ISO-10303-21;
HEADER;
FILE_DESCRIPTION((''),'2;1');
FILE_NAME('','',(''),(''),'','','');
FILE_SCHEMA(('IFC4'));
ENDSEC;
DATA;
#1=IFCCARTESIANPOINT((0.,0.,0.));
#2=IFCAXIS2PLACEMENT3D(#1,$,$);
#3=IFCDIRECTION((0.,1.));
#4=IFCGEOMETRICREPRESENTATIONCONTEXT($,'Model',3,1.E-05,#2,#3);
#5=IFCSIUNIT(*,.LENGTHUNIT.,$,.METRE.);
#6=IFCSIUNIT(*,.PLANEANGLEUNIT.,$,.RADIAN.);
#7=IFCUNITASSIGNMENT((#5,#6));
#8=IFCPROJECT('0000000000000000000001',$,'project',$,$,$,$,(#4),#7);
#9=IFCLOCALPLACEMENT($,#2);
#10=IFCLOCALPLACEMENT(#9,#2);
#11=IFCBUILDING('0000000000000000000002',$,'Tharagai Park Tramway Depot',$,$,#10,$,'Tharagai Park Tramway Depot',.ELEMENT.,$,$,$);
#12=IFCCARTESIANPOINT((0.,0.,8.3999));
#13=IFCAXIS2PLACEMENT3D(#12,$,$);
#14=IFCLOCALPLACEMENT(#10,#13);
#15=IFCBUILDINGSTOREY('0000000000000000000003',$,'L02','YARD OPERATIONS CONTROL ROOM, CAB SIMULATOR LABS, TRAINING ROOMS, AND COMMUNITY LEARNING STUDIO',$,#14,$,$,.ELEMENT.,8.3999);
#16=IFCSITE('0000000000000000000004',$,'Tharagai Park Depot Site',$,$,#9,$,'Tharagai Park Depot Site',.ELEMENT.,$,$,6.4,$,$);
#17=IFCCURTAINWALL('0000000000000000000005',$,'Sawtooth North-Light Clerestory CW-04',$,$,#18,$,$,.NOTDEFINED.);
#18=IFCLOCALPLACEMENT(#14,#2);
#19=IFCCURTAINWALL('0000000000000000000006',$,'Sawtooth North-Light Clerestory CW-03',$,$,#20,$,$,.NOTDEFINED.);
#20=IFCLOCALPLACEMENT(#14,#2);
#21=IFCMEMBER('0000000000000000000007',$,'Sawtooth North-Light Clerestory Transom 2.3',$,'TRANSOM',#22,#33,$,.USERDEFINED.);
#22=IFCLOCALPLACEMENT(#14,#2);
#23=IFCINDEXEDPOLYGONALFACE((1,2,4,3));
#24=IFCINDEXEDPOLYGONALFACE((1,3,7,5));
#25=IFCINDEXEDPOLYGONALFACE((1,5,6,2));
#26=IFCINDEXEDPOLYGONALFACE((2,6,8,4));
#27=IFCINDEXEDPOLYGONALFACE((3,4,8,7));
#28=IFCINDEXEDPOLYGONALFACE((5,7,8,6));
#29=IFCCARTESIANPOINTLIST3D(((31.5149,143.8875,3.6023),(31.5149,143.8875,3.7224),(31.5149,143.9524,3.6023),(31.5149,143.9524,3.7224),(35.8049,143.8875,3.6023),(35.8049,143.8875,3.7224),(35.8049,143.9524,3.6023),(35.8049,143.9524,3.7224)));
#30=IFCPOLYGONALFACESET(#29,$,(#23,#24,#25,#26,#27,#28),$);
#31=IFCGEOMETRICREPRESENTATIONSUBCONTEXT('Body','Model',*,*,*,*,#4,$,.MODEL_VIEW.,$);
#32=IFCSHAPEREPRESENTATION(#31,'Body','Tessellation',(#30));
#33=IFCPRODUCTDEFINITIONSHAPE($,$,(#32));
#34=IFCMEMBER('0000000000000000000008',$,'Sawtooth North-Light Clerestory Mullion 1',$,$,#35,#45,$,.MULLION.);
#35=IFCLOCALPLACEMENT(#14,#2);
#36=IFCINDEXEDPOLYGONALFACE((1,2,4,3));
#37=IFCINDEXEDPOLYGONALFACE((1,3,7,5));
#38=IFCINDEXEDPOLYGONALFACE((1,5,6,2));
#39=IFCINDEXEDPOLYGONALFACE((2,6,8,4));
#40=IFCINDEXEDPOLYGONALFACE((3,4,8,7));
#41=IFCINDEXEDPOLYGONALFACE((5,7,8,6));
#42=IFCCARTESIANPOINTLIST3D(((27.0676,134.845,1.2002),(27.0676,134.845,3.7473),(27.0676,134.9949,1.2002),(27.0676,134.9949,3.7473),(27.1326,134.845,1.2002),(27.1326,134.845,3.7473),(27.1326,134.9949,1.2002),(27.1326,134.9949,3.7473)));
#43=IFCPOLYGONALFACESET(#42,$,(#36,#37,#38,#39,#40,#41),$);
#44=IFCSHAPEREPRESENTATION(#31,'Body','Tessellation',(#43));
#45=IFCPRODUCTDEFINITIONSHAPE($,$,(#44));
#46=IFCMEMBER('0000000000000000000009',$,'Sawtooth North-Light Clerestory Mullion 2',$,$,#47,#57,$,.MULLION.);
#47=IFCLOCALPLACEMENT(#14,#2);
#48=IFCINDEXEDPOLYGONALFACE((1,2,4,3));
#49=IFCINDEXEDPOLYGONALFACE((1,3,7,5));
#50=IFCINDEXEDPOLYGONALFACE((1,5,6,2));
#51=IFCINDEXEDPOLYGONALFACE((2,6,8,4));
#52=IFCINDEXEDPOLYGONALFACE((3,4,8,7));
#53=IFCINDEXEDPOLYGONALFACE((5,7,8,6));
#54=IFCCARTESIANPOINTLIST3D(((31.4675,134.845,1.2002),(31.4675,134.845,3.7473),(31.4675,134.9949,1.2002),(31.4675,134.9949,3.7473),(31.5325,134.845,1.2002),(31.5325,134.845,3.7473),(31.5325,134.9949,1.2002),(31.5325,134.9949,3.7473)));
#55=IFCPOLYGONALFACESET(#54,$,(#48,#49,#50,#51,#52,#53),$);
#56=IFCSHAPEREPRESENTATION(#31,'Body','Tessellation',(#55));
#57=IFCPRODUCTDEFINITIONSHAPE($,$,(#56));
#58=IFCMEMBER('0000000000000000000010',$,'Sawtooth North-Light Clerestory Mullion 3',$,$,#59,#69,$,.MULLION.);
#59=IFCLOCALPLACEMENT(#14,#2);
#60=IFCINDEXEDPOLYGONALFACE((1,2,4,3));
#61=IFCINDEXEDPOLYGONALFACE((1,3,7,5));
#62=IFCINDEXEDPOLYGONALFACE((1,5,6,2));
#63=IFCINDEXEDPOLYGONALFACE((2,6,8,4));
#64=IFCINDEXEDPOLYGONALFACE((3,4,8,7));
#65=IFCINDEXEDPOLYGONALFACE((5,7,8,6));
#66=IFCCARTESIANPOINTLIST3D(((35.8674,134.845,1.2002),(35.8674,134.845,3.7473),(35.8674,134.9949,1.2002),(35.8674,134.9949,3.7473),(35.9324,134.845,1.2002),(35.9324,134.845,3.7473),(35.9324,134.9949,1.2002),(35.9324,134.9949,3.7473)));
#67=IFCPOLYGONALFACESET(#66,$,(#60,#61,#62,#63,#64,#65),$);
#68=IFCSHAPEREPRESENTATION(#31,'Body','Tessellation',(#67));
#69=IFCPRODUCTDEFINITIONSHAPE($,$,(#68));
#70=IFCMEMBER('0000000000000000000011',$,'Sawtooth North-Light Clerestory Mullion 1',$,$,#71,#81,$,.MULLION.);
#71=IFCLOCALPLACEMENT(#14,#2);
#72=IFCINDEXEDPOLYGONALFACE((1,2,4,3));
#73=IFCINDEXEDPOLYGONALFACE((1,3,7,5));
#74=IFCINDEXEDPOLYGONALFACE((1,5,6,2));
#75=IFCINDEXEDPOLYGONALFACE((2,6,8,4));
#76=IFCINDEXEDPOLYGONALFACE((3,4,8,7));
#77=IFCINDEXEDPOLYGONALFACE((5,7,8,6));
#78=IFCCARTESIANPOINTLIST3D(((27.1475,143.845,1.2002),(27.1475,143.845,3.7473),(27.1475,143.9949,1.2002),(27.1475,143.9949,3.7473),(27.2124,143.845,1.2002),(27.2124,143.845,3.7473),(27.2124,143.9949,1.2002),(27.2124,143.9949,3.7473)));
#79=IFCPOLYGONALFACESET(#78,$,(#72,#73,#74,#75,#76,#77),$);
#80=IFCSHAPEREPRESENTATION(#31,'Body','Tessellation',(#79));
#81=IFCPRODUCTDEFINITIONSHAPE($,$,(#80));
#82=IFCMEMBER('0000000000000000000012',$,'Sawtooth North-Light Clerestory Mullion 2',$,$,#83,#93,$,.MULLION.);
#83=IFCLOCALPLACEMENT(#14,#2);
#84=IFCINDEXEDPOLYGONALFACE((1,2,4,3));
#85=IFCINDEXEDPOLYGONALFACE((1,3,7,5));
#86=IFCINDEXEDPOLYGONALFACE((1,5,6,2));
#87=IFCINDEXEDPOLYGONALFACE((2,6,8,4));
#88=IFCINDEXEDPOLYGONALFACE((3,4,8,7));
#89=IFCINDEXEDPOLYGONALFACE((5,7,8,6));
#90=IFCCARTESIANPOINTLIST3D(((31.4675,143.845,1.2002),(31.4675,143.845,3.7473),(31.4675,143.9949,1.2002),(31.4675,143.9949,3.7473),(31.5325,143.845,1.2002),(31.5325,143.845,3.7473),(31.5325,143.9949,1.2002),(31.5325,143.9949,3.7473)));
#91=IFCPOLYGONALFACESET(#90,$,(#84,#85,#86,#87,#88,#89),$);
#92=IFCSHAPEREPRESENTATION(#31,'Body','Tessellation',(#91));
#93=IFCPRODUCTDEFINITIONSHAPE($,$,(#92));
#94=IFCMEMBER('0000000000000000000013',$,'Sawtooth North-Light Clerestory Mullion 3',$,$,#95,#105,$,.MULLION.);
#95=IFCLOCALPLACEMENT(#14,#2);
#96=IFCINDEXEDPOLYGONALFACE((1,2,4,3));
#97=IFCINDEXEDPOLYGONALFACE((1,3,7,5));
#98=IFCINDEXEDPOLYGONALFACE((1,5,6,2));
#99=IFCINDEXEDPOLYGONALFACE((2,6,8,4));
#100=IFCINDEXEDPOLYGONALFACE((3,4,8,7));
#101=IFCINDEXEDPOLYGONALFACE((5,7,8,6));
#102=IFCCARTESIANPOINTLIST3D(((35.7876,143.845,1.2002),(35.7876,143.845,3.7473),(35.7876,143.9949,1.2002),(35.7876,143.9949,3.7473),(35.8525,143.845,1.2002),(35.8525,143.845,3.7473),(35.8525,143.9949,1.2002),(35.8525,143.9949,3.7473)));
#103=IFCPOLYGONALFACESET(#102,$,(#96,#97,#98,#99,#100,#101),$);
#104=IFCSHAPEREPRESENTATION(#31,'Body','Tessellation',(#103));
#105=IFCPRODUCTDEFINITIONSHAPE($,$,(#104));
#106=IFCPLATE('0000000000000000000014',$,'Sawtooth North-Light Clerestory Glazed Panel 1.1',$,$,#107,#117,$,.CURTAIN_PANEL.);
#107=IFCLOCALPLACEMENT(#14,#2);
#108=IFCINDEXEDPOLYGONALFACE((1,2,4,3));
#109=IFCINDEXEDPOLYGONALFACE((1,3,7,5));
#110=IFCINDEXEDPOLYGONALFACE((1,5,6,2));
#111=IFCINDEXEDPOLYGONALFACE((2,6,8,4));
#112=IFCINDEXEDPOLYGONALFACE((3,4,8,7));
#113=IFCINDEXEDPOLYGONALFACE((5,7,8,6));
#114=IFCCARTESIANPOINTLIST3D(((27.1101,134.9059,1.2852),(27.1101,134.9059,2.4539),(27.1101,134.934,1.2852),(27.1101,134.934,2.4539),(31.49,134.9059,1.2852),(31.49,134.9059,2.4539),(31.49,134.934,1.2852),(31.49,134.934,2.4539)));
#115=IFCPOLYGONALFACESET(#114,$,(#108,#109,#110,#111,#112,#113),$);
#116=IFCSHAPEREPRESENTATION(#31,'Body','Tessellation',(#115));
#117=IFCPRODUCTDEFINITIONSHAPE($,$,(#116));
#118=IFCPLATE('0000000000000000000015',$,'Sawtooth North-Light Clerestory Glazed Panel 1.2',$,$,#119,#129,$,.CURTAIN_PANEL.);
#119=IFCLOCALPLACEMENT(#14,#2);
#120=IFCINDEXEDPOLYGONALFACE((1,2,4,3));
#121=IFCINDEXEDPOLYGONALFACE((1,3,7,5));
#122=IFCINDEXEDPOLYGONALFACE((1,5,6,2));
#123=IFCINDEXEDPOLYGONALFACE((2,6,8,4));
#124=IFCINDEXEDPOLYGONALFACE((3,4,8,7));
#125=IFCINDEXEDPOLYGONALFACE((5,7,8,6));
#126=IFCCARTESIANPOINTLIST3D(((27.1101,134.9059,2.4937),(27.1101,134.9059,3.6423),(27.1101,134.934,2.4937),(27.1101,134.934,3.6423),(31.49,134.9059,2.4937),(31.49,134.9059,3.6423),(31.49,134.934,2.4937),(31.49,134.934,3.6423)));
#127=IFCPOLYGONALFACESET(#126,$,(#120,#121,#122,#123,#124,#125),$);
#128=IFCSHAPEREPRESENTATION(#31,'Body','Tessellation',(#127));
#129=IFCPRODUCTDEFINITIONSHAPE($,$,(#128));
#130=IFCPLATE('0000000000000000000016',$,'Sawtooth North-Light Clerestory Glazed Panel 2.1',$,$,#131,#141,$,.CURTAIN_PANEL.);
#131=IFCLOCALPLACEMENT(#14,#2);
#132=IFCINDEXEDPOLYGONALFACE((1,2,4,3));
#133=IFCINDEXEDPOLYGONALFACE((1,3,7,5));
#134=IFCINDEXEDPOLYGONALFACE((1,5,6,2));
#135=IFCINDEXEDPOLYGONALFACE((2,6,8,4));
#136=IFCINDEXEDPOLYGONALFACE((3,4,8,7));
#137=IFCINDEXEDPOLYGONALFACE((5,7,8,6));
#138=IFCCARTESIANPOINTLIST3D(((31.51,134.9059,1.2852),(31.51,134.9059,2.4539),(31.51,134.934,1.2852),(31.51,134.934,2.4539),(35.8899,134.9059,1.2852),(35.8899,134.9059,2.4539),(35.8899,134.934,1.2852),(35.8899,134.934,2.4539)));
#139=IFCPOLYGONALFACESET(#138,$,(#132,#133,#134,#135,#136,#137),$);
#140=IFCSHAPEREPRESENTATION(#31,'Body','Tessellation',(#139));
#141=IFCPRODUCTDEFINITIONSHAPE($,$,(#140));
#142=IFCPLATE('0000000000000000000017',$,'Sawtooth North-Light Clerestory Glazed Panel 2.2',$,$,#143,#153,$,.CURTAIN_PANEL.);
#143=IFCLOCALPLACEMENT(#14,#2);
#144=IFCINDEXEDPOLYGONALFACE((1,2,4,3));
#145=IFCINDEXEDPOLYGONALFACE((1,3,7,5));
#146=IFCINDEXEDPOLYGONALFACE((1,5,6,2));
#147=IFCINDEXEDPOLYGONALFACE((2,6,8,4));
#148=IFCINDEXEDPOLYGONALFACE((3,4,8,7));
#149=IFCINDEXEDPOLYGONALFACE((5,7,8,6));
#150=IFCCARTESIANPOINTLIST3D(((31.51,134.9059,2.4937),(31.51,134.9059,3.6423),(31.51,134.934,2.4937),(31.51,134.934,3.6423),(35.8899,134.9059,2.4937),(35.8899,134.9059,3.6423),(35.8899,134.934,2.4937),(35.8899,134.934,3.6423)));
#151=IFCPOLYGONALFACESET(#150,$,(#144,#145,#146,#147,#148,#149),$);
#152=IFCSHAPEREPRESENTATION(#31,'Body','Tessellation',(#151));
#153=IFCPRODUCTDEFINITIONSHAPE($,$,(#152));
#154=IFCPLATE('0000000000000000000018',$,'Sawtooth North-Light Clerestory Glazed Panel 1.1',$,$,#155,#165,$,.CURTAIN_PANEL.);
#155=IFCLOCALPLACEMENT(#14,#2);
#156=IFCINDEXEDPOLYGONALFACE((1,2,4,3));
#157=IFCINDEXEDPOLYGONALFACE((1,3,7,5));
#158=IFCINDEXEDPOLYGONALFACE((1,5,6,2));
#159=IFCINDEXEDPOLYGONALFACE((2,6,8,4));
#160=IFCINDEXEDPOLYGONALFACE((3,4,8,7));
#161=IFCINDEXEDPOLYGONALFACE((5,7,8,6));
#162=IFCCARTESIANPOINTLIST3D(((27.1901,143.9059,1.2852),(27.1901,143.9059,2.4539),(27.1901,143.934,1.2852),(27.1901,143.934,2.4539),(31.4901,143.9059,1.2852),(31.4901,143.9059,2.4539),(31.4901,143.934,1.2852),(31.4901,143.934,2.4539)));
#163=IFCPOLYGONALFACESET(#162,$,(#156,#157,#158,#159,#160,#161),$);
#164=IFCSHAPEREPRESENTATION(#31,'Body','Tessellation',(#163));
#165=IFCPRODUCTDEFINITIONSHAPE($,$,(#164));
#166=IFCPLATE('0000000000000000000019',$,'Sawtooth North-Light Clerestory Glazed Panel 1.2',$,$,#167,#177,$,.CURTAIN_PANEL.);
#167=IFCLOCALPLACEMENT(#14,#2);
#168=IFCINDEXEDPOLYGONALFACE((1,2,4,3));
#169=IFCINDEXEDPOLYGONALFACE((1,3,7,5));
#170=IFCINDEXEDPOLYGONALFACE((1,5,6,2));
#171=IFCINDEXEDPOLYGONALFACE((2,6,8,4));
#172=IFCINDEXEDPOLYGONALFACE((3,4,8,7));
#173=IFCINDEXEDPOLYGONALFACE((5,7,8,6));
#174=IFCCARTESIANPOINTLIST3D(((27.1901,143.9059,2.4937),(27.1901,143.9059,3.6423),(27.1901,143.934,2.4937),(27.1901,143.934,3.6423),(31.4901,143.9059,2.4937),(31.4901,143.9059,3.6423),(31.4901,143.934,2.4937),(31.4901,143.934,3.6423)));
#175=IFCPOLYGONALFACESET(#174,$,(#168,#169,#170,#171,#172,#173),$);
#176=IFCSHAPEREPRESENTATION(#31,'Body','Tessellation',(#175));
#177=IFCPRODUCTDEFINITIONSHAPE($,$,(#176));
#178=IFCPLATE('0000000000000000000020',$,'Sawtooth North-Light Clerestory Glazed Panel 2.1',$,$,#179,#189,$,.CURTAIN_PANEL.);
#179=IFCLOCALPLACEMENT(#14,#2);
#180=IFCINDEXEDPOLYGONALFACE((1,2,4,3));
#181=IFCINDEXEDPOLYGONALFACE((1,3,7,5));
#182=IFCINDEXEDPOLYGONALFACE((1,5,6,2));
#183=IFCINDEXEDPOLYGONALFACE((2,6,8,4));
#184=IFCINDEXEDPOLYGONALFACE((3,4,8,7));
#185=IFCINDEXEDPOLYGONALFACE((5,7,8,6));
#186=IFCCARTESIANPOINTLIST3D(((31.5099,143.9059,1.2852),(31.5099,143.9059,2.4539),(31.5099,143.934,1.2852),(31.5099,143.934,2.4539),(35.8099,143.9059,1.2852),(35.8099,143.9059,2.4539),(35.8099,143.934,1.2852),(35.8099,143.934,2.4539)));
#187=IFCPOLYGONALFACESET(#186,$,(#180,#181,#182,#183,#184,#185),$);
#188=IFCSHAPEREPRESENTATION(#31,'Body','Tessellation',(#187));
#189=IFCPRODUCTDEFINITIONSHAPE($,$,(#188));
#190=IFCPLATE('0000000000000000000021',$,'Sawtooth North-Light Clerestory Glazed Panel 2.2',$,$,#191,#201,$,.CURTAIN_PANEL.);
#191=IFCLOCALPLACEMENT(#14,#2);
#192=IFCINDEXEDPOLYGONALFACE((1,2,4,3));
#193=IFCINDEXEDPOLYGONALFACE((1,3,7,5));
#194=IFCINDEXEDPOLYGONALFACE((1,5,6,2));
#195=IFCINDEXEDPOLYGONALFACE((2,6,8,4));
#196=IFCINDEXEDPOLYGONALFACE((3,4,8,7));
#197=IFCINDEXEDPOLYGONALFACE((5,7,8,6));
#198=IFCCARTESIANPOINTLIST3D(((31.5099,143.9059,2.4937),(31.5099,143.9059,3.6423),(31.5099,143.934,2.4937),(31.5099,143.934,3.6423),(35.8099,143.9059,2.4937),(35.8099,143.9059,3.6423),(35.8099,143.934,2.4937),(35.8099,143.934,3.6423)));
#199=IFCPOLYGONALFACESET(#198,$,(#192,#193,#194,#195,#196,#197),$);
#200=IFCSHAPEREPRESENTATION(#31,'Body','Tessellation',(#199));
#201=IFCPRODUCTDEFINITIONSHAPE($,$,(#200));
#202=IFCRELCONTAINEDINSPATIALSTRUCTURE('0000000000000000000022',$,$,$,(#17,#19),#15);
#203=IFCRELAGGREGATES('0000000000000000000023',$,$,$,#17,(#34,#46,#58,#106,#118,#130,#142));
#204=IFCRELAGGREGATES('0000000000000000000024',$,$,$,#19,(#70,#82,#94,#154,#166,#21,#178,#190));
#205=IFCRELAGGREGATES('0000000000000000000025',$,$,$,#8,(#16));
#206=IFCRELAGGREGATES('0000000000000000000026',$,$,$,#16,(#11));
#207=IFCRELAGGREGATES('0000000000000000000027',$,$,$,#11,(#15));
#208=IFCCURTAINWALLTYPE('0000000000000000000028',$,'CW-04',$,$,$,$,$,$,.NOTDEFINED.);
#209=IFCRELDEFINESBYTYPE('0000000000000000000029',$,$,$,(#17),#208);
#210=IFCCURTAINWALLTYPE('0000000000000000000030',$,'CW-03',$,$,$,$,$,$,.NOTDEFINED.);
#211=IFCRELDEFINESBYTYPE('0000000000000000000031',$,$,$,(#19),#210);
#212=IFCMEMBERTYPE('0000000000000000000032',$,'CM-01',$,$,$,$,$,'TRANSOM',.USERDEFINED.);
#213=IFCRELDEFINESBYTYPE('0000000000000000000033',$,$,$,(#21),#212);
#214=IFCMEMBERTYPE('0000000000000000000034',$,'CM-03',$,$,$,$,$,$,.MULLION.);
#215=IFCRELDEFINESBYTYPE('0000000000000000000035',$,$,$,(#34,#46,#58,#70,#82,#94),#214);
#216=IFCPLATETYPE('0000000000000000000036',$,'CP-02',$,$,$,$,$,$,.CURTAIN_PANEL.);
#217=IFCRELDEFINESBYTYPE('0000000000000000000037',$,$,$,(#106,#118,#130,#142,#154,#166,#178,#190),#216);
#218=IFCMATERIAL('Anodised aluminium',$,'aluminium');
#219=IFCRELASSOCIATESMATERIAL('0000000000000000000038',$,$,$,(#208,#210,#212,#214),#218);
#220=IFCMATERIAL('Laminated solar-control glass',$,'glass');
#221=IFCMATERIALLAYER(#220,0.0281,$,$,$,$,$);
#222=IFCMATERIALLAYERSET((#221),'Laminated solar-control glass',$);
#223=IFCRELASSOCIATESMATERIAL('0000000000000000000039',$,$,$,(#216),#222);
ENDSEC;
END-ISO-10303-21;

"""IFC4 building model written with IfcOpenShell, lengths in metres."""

from ifc_helpers import new_model, si_unit, direction, frame, origin, origin_2d, place, context, subcontext, project, spatial, rectangle, extrude, material, layer, layer_set, material_profile, profile_set, type_object, element, aggregate, save


model = new_model("IFC4")

# Units and contexts
model_context = context("Model", 3, precision=1e-05, world=origin(), true_north=direction((0.0, 1.0)))
body_context = subcontext(model_context, "Body", "Model", "MODEL_VIEW")
ifc_project = project(units=[si_unit("LENGTHUNIT", "METRE"), si_unit("PLANEANGLEUNIT", "RADIAN")], contexts=[model_context])

# Site, building, storey
site_placement = place(None, origin())
site = spatial("IfcSite", under=ifc_project, at=site_placement, Name="Tharagai Park Depot Site", LongName="Tharagai Park Depot Site", CompositionType="ELEMENT", RefElevation=6.4)
building_placement = place(site_placement, origin())
building = spatial("IfcBuilding", under=site, at=building_placement, Name="Tharagai Park Tramway Depot", LongName="Tharagai Park Tramway Depot", CompositionType="ELEMENT")
storey_placement = place(building_placement, frame((0.0, 0.0, 8.3999)))
storey = spatial("IfcBuildingStorey", under=building, at=storey_placement, Name="L02", Description="YARD OPERATIONS CONTROL ROOM, CAB SIMULATOR LABS, TRAINING ROOMS, AND COMMUNITY LEARNING STUDIO", CompositionType="ELEMENT", Elevation=8.3999)

# Curtain walls, member
ifc_material_1 = material(Name="Anodised aluminium", Category="aluminium")
curtain_wall_type_1 = type_object("IfcCurtainWallType", Name="CW-04", PredefinedType="NOTDEFINED", material=ifc_material_1)
curtain_wall_1_placement = place(storey_placement, origin())
curtain_wall_1 = element("IfcCurtainWall", 1, at=curtain_wall_1_placement, inside=storey, type_object=curtain_wall_type_1, Name="Sawtooth North-Light Clerestory CW-04", PredefinedType="NOTDEFINED")
ifc_material_profile_1 = material_profile(ifc_material_1, rectangle(XDim=0.0649, YDim=0.1201, at=origin_2d()), Name="ALU 65x120")
ifc_profile_set_1 = profile_set([ifc_material_profile_1], Name="Anodised aluminium")
member_type_1 = type_object("IfcMemberType", Name="CM-01", ElementType="TRANSOM", PredefinedType="USERDEFINED", material=ifc_profile_set_1)
curtain_wall_type_2 = type_object("IfcCurtainWallType", Name="CW-03", PredefinedType="NOTDEFINED", material=ifc_material_1)
curtain_wall_2_placement = place(storey_placement, origin())
curtain_wall_2 = element("IfcCurtainWall", 2, at=curtain_wall_2_placement, inside=storey, type_object=curtain_wall_type_2, Name="Sawtooth North-Light Clerestory CW-03", PredefinedType="NOTDEFINED")
member_1_placement = place(storey_placement, frame((31.5149, 143.9199, 3.6624), z_axis=(1.0, 0.0, 0.0), x_axis=(0.0, 1.0, 0.0)))
member_1 = element("IfcMember", 3, at=member_1_placement, type_object=member_type_1, Name="Sawtooth North-Light Clerestory Transom 2.3", ObjectType="TRANSOM", PredefinedType="USERDEFINED", context=body_context, shape_type="SweptSolid", body=[
    extrude(rectangle(XDim=0.0649, YDim=0.1201, at=origin_2d()), origin(), (0.0, 0.0, 1.0), 4.29),
])

# Members
ifc_material_profile_2 = material_profile(ifc_material_1, rectangle(XDim=0.0649, YDim=0.1499, at=origin_2d()), Name="ALU 65x150")
ifc_profile_set_2 = profile_set([ifc_material_profile_2], Name="Anodised aluminium")
member_type_2 = type_object("IfcMemberType", Name="CM-03", PredefinedType="MULLION", material=ifc_profile_set_2)
member_2_placement = place(storey_placement, frame((27.1001, 134.9199, 1.2002), z_axis=(0.0, 0.0, 1.0), x_axis=(1.0, 0.0, 0.0)))
member_2 = element("IfcMember", 4, at=member_2_placement, type_object=member_type_2, Name="Sawtooth North-Light Clerestory Mullion 1", PredefinedType="MULLION", context=body_context, shape_type="SweptSolid", body=[
    extrude(rectangle(XDim=0.0649, YDim=0.1499, at=origin_2d()), origin(), (0.0, 0.0, 1.0), 2.5471),
])
member_3_placement = place(storey_placement, frame((31.5, 134.9199, 1.2002), z_axis=(0.0, 0.0, 1.0), x_axis=(1.0, 0.0, 0.0)))
member_3 = element("IfcMember", 5, at=member_3_placement, type_object=member_type_2, Name="Sawtooth North-Light Clerestory Mullion 2", PredefinedType="MULLION", context=body_context, shape_type="SweptSolid", body=[
    extrude(rectangle(XDim=0.0649, YDim=0.1499, at=origin_2d()), origin(), (0.0, 0.0, 1.0), 2.5471),
])
member_4_placement = place(storey_placement, frame((35.8999, 134.9199, 1.2002), z_axis=(0.0, 0.0, 1.0), x_axis=(1.0, 0.0, 0.0)))
member_4 = element("IfcMember", 6, at=member_4_placement, type_object=member_type_2, Name="Sawtooth North-Light Clerestory Mullion 3", PredefinedType="MULLION", context=body_context, shape_type="SweptSolid", body=[
    extrude(rectangle(XDim=0.0649, YDim=0.1499, at=origin_2d()), origin(), (0.0, 0.0, 1.0), 2.5471),
])
member_5_placement = place(storey_placement, frame((27.1799, 143.9199, 1.2002), z_axis=(0.0, 0.0, 1.0), x_axis=(1.0, 0.0, 0.0)))
member_5 = element("IfcMember", 7, at=member_5_placement, type_object=member_type_2, Name="Sawtooth North-Light Clerestory Mullion 1", PredefinedType="MULLION", context=body_context, shape_type="SweptSolid", body=[
    extrude(rectangle(XDim=0.0649, YDim=0.1499, at=origin_2d()), origin(), (0.0, 0.0, 1.0), 2.5471),
])
member_6_placement = place(storey_placement, frame((31.5, 143.9199, 1.2002), z_axis=(0.0, 0.0, 1.0), x_axis=(1.0, 0.0, 0.0)))
member_6 = element("IfcMember", 8, at=member_6_placement, type_object=member_type_2, Name="Sawtooth North-Light Clerestory Mullion 2", PredefinedType="MULLION", context=body_context, shape_type="SweptSolid", body=[
    extrude(rectangle(XDim=0.0649, YDim=0.1499, at=origin_2d()), origin(), (0.0, 0.0, 1.0), 2.5471),
])
member_7_placement = place(storey_placement, frame((35.8201, 143.9199, 1.2002), z_axis=(0.0, 0.0, 1.0), x_axis=(1.0, 0.0, 0.0)))
member_7 = element("IfcMember", 9, at=member_7_placement, type_object=member_type_2, Name="Sawtooth North-Light Clerestory Mullion 3", PredefinedType="MULLION", context=body_context, shape_type="SweptSolid", body=[
    extrude(rectangle(XDim=0.0649, YDim=0.1499, at=origin_2d()), origin(), (0.0, 0.0, 1.0), 2.5471),
])

# Plates
ifc_material_2 = material(Name="Laminated solar-control glass", Category="glass")
ifc_layer = layer(ifc_material_2, 0.0281)
ifc_layer_set = layer_set([ifc_layer], Name="Laminated solar-control glass")
plate_type = type_object("IfcPlateType", Name="CP-02", PredefinedType="CURTAIN_PANEL", material=ifc_layer_set)
plate_1_placement = place(storey_placement, frame((29.3, 134.9199, 1.2852), z_axis=(0.0, 0.0, 1.0), x_axis=(1.0, 0.0, 0.0)))
plate_1 = element("IfcPlate", 10, at=plate_1_placement, type_object=plate_type, Name="Sawtooth North-Light Clerestory Glazed Panel 1.1", PredefinedType="CURTAIN_PANEL", context=body_context, shape_type="SweptSolid", body=[
    extrude(rectangle(XDim=4.3799, YDim=0.0281, at=origin_2d()), origin(), (0.0, 0.0, 1.0), 1.1687),
])
plate_2_placement = place(storey_placement, frame((29.3, 134.9199, 2.4937), z_axis=(0.0, 0.0, 1.0), x_axis=(1.0, 0.0, 0.0)))
plate_2 = element("IfcPlate", 11, at=plate_2_placement, type_object=plate_type, Name="Sawtooth North-Light Clerestory Glazed Panel 1.2", PredefinedType="CURTAIN_PANEL", context=body_context, shape_type="SweptSolid", body=[
    extrude(rectangle(XDim=4.3799, YDim=0.0281, at=origin_2d()), origin(), (0.0, 0.0, 1.0), 1.1487),
])
plate_3_placement = place(storey_placement, frame((33.7, 134.9199, 1.2852), z_axis=(0.0, 0.0, 1.0), x_axis=(1.0, 0.0, 0.0)))
plate_3 = element("IfcPlate", 12, at=plate_3_placement, type_object=plate_type, Name="Sawtooth North-Light Clerestory Glazed Panel 2.1", PredefinedType="CURTAIN_PANEL", context=body_context, shape_type="SweptSolid", body=[
    extrude(rectangle(XDim=4.3799, YDim=0.0281, at=origin_2d()), origin(), (0.0, 0.0, 1.0), 1.1687),
])
plate_4_placement = place(storey_placement, frame((33.7, 134.9199, 2.4937), z_axis=(0.0, 0.0, 1.0), x_axis=(1.0, 0.0, 0.0)))
plate_4 = element("IfcPlate", 13, at=plate_4_placement, type_object=plate_type, Name="Sawtooth North-Light Clerestory Glazed Panel 2.2", PredefinedType="CURTAIN_PANEL", context=body_context, shape_type="SweptSolid", body=[
    extrude(rectangle(XDim=4.3799, YDim=0.0281, at=origin_2d()), origin(), (0.0, 0.0, 1.0), 1.1487),
])
aggregate(curtain_wall_1, [member_2, member_3, member_4, plate_1, plate_2, plate_3, plate_4])
plate_5_placement = place(storey_placement, frame((29.3401, 143.9199, 1.2852), z_axis=(0.0, 0.0, 1.0), x_axis=(1.0, 0.0, 0.0)))
plate_5 = element("IfcPlate", 14, at=plate_5_placement, type_object=plate_type, Name="Sawtooth North-Light Clerestory Glazed Panel 1.1", PredefinedType="CURTAIN_PANEL", context=body_context, shape_type="SweptSolid", body=[
    extrude(rectangle(XDim=4.3, YDim=0.0281, at=origin_2d()), origin(), (0.0, 0.0, 1.0), 1.1687),
])
plate_6_placement = place(storey_placement, frame((29.3401, 143.9199, 2.4937), z_axis=(0.0, 0.0, 1.0), x_axis=(1.0, 0.0, 0.0)))
plate_6 = element("IfcPlate", 15, at=plate_6_placement, type_object=plate_type, Name="Sawtooth North-Light Clerestory Glazed Panel 1.2", PredefinedType="CURTAIN_PANEL", context=body_context, shape_type="SweptSolid", body=[
    extrude(rectangle(XDim=4.3, YDim=0.0281, at=origin_2d()), origin(), (0.0, 0.0, 1.0), 1.1487),
])
plate_7_placement = place(storey_placement, frame((33.6599, 143.9199, 1.2852), z_axis=(0.0, 0.0, 1.0), x_axis=(1.0, 0.0, 0.0)))
plate_7 = element("IfcPlate", 16, at=plate_7_placement, type_object=plate_type, Name="Sawtooth North-Light Clerestory Glazed Panel 2.1", PredefinedType="CURTAIN_PANEL", context=body_context, shape_type="SweptSolid", body=[
    extrude(rectangle(XDim=4.3, YDim=0.0281, at=origin_2d()), origin(), (0.0, 0.0, 1.0), 1.1687),
])
plate_8_placement = place(storey_placement, frame((33.6599, 143.9199, 2.4937), z_axis=(0.0, 0.0, 1.0), x_axis=(1.0, 0.0, 0.0)))
plate_8 = element("IfcPlate", 17, at=plate_8_placement, type_object=plate_type, Name="Sawtooth North-Light Clerestory Glazed Panel 2.2", PredefinedType="CURTAIN_PANEL", context=body_context, shape_type="SweptSolid", body=[
    extrude(rectangle(XDim=4.3, YDim=0.0281, at=origin_2d()), origin(), (0.0, 0.0, 1.0), 1.1487),
])
aggregate(curtain_wall_2, [member_5, member_6, member_7, plate_5, plate_6, member_1, plate_7, plate_8])

save(model, "model.ifc")
